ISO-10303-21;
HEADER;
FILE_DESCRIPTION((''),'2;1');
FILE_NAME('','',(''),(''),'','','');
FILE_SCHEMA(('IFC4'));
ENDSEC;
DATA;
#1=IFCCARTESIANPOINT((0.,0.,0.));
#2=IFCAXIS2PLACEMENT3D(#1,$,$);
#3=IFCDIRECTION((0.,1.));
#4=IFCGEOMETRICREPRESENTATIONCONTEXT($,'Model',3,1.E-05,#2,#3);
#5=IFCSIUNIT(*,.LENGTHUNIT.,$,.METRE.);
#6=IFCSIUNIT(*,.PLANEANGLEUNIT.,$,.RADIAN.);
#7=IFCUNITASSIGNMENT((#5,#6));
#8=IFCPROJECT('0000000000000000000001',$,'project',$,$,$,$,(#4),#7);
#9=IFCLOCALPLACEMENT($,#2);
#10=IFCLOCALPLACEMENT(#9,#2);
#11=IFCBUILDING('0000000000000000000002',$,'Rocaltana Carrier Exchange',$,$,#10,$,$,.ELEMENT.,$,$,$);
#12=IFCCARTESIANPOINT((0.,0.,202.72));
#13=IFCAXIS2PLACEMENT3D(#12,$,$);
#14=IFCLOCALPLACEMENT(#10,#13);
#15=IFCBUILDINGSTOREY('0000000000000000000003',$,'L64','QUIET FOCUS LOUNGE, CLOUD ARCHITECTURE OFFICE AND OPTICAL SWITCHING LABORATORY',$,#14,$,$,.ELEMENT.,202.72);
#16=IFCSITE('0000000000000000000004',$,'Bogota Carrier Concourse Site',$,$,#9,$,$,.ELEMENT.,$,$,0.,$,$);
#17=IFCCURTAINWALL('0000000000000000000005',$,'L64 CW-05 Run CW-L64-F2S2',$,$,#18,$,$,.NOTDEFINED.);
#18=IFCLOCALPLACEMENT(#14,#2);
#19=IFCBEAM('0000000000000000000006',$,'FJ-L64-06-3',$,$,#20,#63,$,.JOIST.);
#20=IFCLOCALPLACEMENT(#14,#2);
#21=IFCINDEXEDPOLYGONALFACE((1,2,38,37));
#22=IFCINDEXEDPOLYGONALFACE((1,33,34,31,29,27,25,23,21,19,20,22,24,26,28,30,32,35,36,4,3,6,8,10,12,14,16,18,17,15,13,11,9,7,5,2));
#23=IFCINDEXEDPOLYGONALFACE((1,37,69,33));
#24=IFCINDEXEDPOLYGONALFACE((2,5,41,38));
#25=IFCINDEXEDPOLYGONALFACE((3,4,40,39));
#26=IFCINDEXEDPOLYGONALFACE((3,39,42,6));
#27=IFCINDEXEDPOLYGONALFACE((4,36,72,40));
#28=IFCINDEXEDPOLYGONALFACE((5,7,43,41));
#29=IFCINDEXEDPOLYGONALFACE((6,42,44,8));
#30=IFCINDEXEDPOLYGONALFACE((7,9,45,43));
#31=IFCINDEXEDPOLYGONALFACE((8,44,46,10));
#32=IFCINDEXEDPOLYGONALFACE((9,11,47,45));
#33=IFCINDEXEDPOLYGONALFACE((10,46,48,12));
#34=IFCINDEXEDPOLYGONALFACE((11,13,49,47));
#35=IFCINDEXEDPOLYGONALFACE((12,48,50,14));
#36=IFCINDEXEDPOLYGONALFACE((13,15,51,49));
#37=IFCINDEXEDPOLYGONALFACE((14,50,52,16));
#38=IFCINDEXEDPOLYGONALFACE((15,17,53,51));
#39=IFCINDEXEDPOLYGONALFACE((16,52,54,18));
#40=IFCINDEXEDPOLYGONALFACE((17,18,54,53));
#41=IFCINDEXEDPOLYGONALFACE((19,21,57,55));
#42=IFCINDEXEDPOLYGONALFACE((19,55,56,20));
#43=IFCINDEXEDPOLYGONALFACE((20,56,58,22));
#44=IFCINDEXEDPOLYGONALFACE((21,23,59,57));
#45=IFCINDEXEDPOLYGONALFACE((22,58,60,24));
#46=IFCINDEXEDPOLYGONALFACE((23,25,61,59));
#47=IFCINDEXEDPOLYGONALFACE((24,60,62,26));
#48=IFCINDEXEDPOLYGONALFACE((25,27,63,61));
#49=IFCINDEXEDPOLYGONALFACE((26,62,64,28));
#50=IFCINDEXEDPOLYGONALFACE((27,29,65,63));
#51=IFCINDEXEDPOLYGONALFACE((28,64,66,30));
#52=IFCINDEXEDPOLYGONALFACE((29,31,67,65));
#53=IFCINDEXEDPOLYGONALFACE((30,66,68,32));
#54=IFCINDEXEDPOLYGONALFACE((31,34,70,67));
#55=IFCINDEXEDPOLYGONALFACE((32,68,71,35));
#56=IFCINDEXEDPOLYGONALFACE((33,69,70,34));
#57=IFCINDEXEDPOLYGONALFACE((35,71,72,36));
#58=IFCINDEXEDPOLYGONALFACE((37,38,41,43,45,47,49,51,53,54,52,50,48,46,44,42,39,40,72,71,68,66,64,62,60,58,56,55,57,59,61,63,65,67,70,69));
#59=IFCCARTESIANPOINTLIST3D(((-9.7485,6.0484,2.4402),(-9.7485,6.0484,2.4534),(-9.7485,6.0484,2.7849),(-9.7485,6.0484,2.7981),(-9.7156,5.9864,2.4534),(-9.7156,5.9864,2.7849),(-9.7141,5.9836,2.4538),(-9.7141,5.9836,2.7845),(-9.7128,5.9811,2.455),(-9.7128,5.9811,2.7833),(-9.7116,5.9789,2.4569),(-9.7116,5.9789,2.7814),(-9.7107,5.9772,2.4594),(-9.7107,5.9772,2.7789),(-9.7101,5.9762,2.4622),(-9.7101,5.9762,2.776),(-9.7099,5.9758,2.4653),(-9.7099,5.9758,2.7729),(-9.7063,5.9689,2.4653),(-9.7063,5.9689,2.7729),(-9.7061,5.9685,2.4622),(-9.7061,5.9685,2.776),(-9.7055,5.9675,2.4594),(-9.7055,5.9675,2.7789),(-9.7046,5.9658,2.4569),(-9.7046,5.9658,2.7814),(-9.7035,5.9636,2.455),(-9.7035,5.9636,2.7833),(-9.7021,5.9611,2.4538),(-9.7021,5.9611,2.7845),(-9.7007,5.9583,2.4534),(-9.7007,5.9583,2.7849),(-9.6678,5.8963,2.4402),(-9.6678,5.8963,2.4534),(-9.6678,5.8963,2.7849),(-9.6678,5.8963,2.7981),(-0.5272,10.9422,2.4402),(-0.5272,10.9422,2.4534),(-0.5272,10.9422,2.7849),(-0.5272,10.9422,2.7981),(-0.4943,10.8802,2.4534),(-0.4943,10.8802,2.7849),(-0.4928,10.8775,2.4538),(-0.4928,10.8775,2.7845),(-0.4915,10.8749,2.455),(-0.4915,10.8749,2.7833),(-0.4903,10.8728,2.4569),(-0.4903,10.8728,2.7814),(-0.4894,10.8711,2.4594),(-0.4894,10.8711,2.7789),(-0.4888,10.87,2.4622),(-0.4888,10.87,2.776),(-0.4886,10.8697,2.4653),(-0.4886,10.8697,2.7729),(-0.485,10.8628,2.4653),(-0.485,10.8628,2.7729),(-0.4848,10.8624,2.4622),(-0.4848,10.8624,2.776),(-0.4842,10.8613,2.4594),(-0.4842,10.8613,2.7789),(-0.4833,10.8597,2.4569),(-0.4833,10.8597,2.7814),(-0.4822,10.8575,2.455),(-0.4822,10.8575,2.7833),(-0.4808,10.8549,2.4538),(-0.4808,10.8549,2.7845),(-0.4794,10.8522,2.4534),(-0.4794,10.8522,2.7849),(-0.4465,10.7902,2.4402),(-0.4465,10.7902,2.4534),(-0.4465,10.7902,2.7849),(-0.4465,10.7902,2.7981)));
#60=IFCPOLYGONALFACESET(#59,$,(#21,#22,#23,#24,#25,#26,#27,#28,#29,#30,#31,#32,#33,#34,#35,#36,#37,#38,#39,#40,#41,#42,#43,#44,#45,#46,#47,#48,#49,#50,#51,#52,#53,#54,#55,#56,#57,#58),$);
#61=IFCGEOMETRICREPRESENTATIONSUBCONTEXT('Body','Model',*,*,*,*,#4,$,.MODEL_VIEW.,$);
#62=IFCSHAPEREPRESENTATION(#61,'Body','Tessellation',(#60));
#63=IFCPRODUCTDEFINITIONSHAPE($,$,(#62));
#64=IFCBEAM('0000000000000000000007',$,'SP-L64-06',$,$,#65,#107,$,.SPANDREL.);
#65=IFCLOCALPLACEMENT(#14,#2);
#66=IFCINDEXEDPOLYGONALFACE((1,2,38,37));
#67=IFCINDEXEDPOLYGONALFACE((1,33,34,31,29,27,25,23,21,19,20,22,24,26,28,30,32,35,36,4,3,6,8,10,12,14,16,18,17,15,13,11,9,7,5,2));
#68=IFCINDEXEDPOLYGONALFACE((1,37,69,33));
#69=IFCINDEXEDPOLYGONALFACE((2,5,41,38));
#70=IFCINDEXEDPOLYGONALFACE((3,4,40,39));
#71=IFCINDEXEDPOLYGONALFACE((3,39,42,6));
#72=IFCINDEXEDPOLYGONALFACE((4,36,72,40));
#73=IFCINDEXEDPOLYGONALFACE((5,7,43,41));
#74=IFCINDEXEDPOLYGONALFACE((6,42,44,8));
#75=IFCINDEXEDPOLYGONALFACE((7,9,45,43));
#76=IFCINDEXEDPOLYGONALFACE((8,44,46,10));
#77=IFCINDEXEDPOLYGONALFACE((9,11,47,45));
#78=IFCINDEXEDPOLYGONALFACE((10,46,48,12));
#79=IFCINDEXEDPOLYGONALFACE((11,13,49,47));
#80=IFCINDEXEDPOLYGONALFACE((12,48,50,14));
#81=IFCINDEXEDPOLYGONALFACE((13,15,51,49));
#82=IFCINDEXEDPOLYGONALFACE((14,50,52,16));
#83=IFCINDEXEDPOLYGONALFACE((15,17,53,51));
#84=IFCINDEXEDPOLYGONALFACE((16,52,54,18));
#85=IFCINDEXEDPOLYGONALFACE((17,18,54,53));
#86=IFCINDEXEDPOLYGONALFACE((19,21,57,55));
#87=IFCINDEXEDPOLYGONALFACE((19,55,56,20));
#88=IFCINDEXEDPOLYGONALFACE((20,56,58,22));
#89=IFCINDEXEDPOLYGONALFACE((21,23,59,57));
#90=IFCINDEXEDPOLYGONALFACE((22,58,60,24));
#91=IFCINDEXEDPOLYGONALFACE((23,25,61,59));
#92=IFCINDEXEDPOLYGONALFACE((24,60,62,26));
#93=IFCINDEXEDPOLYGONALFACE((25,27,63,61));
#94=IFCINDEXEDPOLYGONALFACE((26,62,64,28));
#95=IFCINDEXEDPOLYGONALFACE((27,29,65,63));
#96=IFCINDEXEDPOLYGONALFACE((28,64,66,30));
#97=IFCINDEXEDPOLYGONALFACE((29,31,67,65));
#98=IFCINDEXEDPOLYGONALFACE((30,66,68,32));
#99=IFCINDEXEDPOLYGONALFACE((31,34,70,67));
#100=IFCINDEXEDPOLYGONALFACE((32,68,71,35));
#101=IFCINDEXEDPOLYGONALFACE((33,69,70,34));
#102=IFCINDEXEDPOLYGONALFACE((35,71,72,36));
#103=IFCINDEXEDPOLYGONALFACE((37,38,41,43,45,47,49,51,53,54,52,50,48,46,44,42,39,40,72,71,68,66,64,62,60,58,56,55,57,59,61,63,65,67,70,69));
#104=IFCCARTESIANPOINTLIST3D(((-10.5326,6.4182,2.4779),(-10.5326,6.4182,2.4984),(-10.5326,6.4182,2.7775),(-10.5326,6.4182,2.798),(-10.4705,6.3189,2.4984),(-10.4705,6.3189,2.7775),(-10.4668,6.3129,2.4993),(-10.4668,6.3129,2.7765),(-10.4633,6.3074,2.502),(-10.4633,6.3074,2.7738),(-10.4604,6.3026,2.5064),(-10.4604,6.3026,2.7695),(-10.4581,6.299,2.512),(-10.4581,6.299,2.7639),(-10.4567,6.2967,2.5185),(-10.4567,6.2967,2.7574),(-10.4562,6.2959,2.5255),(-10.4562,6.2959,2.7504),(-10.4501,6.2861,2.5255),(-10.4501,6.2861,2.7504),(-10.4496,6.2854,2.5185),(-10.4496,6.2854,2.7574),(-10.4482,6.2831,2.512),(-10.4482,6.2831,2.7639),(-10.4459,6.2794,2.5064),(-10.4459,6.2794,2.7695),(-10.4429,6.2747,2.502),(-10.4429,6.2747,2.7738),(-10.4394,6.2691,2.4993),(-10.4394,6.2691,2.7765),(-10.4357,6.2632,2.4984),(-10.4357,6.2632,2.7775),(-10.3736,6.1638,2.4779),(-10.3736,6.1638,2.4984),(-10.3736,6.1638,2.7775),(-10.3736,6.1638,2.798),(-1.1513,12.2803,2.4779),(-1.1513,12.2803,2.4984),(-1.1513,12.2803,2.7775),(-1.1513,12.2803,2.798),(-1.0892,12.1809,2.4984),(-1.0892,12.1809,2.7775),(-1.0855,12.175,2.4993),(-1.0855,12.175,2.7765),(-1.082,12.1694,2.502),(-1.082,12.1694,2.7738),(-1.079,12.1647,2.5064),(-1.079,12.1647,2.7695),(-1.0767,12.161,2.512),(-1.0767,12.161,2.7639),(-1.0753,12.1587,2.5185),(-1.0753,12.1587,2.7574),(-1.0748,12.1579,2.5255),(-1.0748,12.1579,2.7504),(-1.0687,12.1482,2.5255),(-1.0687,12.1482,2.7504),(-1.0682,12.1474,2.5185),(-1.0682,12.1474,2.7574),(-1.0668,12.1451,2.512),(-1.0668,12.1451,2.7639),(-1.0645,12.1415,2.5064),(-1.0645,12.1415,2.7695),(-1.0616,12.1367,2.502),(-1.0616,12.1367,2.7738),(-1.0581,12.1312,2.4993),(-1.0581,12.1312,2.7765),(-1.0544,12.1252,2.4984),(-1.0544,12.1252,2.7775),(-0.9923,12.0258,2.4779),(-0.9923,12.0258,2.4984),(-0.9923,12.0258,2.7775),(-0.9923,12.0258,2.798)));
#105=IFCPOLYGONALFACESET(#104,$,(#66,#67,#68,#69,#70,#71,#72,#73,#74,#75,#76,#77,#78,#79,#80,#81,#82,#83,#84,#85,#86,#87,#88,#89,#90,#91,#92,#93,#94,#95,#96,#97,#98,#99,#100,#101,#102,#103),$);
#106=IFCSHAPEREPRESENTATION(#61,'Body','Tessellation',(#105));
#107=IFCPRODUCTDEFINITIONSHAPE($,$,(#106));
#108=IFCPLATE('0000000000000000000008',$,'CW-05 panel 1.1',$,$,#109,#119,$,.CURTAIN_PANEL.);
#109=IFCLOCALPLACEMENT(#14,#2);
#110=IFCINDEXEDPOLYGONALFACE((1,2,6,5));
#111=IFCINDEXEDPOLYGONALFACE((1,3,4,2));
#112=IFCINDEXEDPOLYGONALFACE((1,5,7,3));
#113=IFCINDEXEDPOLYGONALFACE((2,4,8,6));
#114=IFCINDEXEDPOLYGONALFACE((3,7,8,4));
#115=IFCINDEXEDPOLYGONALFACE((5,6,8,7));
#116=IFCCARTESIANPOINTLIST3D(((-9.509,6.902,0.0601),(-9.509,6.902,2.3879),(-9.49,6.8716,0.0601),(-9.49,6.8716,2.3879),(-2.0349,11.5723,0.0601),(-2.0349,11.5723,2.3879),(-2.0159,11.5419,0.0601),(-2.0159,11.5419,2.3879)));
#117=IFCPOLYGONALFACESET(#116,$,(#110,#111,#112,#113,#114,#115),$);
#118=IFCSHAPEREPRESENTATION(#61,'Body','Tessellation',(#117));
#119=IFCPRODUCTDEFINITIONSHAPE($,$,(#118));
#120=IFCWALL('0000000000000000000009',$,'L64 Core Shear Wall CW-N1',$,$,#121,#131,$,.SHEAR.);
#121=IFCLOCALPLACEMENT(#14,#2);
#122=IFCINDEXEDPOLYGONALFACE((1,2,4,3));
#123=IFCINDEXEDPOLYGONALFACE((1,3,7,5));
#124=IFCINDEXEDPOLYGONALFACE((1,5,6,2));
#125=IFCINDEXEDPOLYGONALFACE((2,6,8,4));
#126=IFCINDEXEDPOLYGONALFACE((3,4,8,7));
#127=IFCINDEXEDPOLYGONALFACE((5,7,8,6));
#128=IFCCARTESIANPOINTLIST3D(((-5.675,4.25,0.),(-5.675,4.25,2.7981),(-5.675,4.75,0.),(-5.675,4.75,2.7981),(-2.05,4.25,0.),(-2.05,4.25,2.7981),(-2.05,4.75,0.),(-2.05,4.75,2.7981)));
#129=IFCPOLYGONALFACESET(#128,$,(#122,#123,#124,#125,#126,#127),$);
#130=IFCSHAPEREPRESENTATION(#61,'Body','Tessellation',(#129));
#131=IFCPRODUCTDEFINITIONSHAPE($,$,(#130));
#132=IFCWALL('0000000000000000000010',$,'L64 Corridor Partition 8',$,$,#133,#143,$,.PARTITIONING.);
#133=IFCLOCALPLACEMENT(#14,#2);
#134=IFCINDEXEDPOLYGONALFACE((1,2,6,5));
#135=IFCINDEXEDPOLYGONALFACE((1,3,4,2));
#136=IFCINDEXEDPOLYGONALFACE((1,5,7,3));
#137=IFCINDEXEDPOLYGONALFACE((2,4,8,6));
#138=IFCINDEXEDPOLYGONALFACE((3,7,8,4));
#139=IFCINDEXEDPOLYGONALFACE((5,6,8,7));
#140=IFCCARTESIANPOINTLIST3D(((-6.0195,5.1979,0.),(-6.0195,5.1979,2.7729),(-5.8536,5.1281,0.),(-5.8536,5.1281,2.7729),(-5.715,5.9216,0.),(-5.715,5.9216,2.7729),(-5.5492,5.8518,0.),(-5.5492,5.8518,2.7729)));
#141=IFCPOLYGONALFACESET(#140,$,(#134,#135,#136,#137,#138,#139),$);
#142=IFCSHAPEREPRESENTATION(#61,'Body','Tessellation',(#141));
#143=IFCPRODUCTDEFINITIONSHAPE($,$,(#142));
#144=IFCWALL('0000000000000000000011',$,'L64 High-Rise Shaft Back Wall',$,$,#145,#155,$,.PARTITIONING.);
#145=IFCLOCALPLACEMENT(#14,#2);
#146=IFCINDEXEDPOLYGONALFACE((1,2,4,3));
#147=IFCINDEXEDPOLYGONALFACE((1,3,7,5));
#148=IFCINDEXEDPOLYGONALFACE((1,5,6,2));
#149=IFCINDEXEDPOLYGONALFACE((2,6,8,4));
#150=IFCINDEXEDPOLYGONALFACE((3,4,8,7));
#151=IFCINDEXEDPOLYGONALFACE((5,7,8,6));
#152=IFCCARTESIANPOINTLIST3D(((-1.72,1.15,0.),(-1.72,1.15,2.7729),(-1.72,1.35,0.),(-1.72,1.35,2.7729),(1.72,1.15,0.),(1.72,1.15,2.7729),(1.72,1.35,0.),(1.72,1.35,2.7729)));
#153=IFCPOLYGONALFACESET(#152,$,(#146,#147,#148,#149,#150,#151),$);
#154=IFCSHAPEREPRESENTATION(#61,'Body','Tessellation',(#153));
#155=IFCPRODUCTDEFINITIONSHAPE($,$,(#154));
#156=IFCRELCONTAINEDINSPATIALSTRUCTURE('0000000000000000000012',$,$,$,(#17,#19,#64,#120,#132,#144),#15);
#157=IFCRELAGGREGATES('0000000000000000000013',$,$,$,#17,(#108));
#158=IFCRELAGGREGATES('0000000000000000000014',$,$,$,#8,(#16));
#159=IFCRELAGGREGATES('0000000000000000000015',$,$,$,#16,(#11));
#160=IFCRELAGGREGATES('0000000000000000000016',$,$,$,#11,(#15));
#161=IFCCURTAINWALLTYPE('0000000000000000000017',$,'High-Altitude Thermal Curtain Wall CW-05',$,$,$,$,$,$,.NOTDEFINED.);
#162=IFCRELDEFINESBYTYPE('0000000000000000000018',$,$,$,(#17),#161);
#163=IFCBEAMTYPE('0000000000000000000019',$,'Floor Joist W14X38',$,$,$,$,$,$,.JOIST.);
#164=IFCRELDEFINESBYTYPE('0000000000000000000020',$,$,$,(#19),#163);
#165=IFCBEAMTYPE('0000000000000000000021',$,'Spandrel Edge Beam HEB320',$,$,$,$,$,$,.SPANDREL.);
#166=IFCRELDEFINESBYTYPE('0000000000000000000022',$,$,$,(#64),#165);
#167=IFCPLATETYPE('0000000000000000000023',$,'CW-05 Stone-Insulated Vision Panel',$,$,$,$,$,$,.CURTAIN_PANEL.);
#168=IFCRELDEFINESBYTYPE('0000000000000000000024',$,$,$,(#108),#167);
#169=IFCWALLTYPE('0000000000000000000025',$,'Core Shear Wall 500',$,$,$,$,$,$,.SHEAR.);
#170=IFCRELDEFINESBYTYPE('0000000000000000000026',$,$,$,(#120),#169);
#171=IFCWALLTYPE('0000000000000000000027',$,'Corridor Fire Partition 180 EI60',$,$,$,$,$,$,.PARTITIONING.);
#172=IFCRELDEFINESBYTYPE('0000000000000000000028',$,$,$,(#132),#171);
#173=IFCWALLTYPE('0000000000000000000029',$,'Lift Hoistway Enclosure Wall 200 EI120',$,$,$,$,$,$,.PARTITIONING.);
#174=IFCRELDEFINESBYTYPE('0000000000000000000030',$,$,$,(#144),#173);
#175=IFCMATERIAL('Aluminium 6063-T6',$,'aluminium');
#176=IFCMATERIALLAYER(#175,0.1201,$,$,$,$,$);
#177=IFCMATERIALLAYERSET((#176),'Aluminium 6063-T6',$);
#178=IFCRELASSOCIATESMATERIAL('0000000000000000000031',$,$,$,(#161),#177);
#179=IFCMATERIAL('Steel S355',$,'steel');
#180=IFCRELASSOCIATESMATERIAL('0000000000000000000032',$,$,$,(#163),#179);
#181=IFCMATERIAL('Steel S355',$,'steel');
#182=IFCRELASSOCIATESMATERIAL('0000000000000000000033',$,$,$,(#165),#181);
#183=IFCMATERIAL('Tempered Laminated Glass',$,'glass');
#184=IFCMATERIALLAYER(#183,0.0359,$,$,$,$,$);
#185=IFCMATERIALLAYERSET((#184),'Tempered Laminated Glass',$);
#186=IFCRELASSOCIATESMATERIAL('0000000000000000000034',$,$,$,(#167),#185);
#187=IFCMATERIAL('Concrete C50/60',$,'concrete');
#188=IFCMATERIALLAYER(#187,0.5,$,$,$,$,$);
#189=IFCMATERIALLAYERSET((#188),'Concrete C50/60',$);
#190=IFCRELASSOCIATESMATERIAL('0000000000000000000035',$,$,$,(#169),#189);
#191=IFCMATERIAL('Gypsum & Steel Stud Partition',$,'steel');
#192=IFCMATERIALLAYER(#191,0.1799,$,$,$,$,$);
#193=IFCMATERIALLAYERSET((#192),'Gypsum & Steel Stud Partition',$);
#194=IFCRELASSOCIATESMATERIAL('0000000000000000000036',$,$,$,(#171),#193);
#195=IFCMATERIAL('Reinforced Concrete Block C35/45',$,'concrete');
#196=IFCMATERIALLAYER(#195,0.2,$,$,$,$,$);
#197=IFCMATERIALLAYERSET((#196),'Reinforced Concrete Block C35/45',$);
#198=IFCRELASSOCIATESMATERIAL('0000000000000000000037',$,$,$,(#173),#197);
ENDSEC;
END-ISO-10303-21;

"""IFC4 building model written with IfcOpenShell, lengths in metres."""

from ifc_helpers import new_model, si_unit, direction, frame, frame_2d, origin, origin_2d, place, context, subcontext, project, spatial, rectangle, i_section, extrude, material, layer, layer_set, material_profile, profile_set, type_object, element, aggregate, save


model = new_model("IFC4")

# Units and contexts
model_context = context("Model", 3, precision=1e-05, world=origin(), true_north=direction((0.0, 1.0)))
body_context = subcontext(model_context, "Body", "Model", "MODEL_VIEW")
ifc_project = project(units=[si_unit("LENGTHUNIT", "METRE"), si_unit("PLANEANGLEUNIT", "RADIAN")], contexts=[model_context])

# Site, building, storey
site_placement = place(None, origin())
site = spatial("IfcSite", under=ifc_project, at=site_placement, Name="Bogota Carrier Concourse Site", CompositionType="ELEMENT", RefElevation=0.0)
building_placement = place(site_placement, origin())
building = spatial("IfcBuilding", under=site, at=building_placement, Name="Rocaltana Carrier Exchange", CompositionType="ELEMENT")
storey_placement = place(building_placement, frame((0.0, 0.0, 202.72)))
storey = spatial("IfcBuildingStorey", under=building, at=storey_placement, Name="L64", Description="QUIET FOCUS LOUNGE, CLOUD ARCHITECTURE OFFICE AND OPTICAL SWITCHING LABORATORY", CompositionType="ELEMENT", Elevation=202.72)

# Curtain wall
ifc_material_1 = material(Name="Aluminium 6063-T6", Category="aluminium")
ifc_layer_1 = layer(ifc_material_1, 0.1201)
ifc_layer_set_1 = layer_set([ifc_layer_1], Name="Aluminium 6063-T6")
curtain_wall_type = type_object("IfcCurtainWallType", Name="High-Altitude Thermal Curtain Wall CW-05", PredefinedType="NOTDEFINED", material=ifc_layer_set_1)
curtain_wall_placement = place(storey_placement, origin())
curtain_wall = element("IfcCurtainWall", 1, at=curtain_wall_placement, inside=storey, type_object=curtain_wall_type, Name="L64 CW-05 Run CW-L64-F2S2", PredefinedType="NOTDEFINED")

# Beams
ifc_material_2 = material(Name="Steel S355", Category="steel")
ifc_material_profile_1 = material_profile(ifc_material_2, i_section(OverallWidth=0.1721, OverallDepth=0.3579, WebThickness=0.0078, FlangeThickness=0.0132, FilletRadius=0.012, at=origin_2d()), Name="W14X38")
ifc_profile_set_1 = profile_set([ifc_material_profile_1], Name="Steel S355")
beam_type_1 = type_object("IfcBeamType", Name="Floor Joist W14X38", PredefinedType="JOIST", material=ifc_profile_set_1)
beam_1_placement = place(storey_placement, frame((-0.4868, 10.8662, 2.6191), z_axis=(-0.883312, -0.468785, 0.0), x_axis=(0.468785, -0.883312, 0.0)))
element("IfcBeam", 2, at=beam_1_placement, inside=storey, type_object=beam_type_1, Name="FJ-L64-06-3", PredefinedType="JOIST", context=body_context, shape_type="SweptSolid", body=[
    extrude(i_section(OverallWidth=0.1721, OverallDepth=0.3579, WebThickness=0.0078, FlangeThickness=0.0132, FilletRadius=0.012, at=origin_2d()), origin(), (0.0, 0.0, 1.0), 10.4395),
])
ifc_material_3 = material(Name="Steel S355", Category="steel")
ifc_material_profile_2 = material_profile(ifc_material_3, i_section(OverallWidth=0.3, OverallDepth=0.3201, WebThickness=0.0115, FlangeThickness=0.0205, FilletRadius=0.0271, at=origin_2d()), Name="HEB320")
ifc_profile_set_2 = profile_set([ifc_material_profile_2], Name="Steel S355")
beam_type_2 = type_object("IfcBeamType", Name="Spandrel Edge Beam HEB320", PredefinedType="SPANDREL", material=ifc_profile_set_2)
beam_2_placement = place(storey_placement, frame((-1.0718, 12.1531, 2.6379), z_axis=(-0.84805, -0.529916, 0.0), x_axis=(0.529916, -0.84805, 0.0)))
element("IfcBeam", 3, at=beam_2_placement, inside=storey, type_object=beam_type_2, Name="SP-L64-06", PredefinedType="SPANDREL", context=body_context, shape_type="SweptSolid", body=[
    extrude(i_section(OverallWidth=0.3, OverallDepth=0.3201, WebThickness=0.0115, FlangeThickness=0.0205, FilletRadius=0.0271, at=origin_2d()), origin(), (0.0, 0.0, 1.0), 11.0623),
])

# Plate
ifc_material_4 = material(Name="Tempered Laminated Glass", Category="glass")
ifc_layer_2 = layer(ifc_material_4, 0.0359)
ifc_layer_set_2 = layer_set([ifc_layer_2], Name="Tempered Laminated Glass")
plate_type = type_object("IfcPlateType", Name="CW-05 Stone-Insulated Vision Panel", PredefinedType="CURTAIN_PANEL", material=ifc_layer_set_2)
plate_placement = place(storey_placement, frame((-5.7625, 9.2219, 0.0601), z_axis=(0.0, 0.0, 1.0), x_axis=(-0.848047, -0.52992, 0.0)))
plate = element("IfcPlate", 4, at=plate_placement, type_object=plate_type, Name="CW-05 panel 1.1", PredefinedType="CURTAIN_PANEL", context=body_context, shape_type="SweptSolid", body=[
    extrude(rectangle(XDim=8.8132, YDim=0.0359, at=origin_2d()), origin(), (0.0, 0.0, 1.0), 2.3279),
])
aggregate(curtain_wall, [plate])

# Walls
ifc_material_5 = material(Name="Concrete C50/60", Category="concrete")
ifc_layer_3 = layer(ifc_material_5, 0.5)
ifc_layer_set_3 = layer_set([ifc_layer_3], Name="Concrete C50/60")
wall_type_1 = type_object("IfcWallType", Name="Core Shear Wall 500", PredefinedType="SHEAR", material=ifc_layer_set_3)
wall_1_placement = place(storey_placement, frame((-5.675, 4.5, 0.0), z_axis=(0.0, 0.0, 1.0), x_axis=(1.0, 0.0, 0.0)))
element("IfcWall", 5, at=wall_1_placement, inside=storey, type_object=wall_type_1, Name="L64 Core Shear Wall CW-N1", PredefinedType="SHEAR", context=body_context, shape_type="SweptSolid", body=[
    extrude(rectangle(XDim=3.625, YDim=0.5, at=frame_2d((1.8125, 0.0))), origin(), (0.0, 0.0, 1.0), 2.7981),
])
ifc_material_6 = material(Name="Gypsum & Steel Stud Partition", Category="steel")
ifc_layer_4 = layer(ifc_material_6, 0.1799)
ifc_layer_set_4 = layer_set([ifc_layer_4], Name="Gypsum & Steel Stud Partition")
wall_type_2 = type_object("IfcWallType", Name="Corridor Fire Partition 180 EI60", PredefinedType="PARTITIONING", material=ifc_layer_set_4)
wall_2_placement = place(storey_placement, frame((-5.6321, 5.8867, 0.0), z_axis=(0.0, 0.0, 1.0), x_axis=(-0.387793, -0.921747, 0.0)))
element("IfcWall", 6, at=wall_2_placement, inside=storey, type_object=wall_type_2, Name="L64 Corridor Partition 8", PredefinedType="PARTITIONING", context=body_context, shape_type="SweptSolid", body=[
    extrude(rectangle(XDim=0.7852, YDim=0.1799, at=frame_2d((0.3926, 0.0))), origin(), (0.0, 0.0, 1.0), 2.7729),
])
ifc_material_7 = material(Name="Reinforced Concrete Block C35/45", Category="concrete")
ifc_layer_5 = layer(ifc_material_7, 0.2)
ifc_layer_set_5 = layer_set([ifc_layer_5], Name="Reinforced Concrete Block C35/45")
wall_type_3 = type_object("IfcWallType", Name="Lift Hoistway Enclosure Wall 200 EI120", PredefinedType="PARTITIONING", material=ifc_layer_set_5)
wall_3_placement = place(storey_placement, frame((-1.72, 1.25, 0.0), z_axis=(0.0, 0.0, 1.0), x_axis=(1.0, 0.0, 0.0)))
element("IfcWall", 7, at=wall_3_placement, inside=storey, type_object=wall_type_3, Name="L64 High-Rise Shaft Back Wall", PredefinedType="PARTITIONING", context=body_context, shape_type="SweptSolid", body=[
    extrude(rectangle(XDim=3.4399, YDim=0.2, at=frame_2d((1.72, 0.0))), origin(), (0.0, 0.0, 1.0), 2.7729),
])

save(model, "model.ifc")
